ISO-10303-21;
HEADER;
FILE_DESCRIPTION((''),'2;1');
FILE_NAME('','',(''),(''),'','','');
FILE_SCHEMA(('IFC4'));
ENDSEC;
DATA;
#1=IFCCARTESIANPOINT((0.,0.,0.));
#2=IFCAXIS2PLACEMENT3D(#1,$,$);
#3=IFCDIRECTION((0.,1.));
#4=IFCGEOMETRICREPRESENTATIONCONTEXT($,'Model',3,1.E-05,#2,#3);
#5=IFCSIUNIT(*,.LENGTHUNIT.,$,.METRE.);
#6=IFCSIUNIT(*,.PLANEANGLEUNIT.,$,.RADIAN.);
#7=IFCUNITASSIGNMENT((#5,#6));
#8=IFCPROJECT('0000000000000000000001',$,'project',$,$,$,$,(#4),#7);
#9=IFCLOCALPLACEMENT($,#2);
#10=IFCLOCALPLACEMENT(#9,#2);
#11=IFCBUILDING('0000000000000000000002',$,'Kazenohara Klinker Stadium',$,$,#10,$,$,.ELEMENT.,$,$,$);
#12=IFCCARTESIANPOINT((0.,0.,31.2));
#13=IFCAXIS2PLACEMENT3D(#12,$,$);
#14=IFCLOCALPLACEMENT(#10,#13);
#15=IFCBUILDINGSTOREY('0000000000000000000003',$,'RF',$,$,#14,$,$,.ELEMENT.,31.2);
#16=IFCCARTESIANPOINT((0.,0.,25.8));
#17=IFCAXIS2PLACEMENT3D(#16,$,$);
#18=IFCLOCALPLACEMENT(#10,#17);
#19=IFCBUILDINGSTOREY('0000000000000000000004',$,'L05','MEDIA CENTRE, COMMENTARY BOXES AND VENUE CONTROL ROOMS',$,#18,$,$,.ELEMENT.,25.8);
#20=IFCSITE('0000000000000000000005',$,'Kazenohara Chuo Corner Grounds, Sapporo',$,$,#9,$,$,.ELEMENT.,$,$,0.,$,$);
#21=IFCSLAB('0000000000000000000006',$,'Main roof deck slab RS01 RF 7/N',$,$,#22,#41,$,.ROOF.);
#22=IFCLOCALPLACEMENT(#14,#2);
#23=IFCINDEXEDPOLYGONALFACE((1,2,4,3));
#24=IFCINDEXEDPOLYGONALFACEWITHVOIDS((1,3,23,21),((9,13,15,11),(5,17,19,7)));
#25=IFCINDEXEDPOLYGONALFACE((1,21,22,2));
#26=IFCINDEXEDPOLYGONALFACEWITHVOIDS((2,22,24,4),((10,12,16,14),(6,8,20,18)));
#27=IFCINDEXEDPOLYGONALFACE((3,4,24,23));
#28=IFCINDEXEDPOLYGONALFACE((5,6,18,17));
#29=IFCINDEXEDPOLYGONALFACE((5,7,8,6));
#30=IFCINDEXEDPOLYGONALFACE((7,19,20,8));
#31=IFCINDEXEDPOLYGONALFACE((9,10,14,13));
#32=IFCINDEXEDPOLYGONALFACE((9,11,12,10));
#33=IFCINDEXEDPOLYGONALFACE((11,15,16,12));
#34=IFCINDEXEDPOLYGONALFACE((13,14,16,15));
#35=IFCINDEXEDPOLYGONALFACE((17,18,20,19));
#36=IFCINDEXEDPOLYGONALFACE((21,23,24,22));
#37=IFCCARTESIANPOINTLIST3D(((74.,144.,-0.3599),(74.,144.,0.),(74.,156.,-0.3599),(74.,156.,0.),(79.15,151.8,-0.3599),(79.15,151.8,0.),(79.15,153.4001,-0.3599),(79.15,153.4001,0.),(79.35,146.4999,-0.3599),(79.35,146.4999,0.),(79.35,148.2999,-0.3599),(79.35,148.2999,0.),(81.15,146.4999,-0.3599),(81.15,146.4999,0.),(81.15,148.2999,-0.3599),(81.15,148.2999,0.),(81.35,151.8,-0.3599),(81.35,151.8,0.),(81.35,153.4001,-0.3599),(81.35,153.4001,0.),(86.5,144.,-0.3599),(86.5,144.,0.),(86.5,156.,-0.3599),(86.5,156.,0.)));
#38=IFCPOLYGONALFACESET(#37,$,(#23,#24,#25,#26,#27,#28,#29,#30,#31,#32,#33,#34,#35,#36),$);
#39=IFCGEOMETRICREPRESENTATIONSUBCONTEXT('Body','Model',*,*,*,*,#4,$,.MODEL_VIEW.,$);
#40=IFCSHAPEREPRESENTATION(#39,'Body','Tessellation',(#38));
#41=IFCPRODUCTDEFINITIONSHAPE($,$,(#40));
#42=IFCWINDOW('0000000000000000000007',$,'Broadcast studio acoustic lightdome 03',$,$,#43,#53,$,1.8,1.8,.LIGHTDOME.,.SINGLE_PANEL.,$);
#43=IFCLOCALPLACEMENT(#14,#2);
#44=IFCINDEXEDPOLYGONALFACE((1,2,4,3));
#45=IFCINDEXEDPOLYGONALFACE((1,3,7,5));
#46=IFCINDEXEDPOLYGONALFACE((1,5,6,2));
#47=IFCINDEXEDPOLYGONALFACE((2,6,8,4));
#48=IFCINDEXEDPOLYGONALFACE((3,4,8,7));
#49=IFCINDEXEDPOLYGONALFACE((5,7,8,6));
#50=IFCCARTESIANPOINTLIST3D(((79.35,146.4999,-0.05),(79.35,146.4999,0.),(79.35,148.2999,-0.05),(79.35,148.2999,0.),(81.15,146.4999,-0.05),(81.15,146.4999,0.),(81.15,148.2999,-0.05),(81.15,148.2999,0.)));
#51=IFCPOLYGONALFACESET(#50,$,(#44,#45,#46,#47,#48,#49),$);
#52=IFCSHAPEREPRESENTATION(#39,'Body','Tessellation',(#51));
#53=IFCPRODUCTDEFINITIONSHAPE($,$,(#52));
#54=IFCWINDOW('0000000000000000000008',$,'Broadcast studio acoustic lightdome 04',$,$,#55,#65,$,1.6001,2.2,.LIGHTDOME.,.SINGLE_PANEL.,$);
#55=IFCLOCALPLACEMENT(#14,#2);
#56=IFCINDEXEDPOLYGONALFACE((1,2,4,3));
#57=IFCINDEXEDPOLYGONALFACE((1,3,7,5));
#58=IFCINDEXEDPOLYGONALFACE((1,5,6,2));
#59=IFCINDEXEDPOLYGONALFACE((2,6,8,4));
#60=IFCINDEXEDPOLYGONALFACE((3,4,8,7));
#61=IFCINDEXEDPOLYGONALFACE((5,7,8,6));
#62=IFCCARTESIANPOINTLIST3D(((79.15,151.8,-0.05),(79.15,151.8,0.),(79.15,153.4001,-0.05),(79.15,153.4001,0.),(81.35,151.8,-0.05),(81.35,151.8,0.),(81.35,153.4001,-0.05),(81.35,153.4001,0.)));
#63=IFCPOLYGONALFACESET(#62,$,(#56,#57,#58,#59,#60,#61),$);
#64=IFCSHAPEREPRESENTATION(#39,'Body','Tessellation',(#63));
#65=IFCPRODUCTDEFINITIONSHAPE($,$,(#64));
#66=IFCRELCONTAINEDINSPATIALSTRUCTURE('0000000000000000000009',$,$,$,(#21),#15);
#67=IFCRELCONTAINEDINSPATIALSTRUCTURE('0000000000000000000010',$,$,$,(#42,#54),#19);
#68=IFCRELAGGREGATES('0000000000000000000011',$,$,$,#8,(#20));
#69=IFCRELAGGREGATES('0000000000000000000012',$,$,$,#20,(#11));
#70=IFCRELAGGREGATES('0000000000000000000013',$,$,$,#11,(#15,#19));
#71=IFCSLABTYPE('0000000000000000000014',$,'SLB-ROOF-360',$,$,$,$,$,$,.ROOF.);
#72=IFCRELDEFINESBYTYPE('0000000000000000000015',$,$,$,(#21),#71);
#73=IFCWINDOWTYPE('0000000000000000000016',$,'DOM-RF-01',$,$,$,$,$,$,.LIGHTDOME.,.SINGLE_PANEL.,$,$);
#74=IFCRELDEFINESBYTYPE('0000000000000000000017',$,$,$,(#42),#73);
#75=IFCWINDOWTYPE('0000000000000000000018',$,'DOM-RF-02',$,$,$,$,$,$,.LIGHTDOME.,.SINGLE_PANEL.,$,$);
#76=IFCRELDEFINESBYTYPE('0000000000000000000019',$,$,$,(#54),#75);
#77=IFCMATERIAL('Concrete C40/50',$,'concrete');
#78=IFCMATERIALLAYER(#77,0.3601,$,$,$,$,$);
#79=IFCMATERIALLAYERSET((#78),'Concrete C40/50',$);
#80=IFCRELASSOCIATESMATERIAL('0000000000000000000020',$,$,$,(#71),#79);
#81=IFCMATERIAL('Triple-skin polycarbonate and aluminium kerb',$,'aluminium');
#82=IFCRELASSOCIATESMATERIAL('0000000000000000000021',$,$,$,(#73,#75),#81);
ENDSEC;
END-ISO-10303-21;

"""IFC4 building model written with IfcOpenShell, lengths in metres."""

from ifc_helpers import new_model, si_unit, direction, frame, origin, origin_2d, place, context, subcontext, project, spatial, polyline, rectangle, outline, extrude, material, layer, layer_set, type_object, element, fill, save


model = new_model("IFC4")

# Units and contexts
model_context = context("Model", 3, precision=1e-05, world=origin(), true_north=direction((0.0, 1.0)))
body_context = subcontext(model_context, "Body", "Model", "MODEL_VIEW")
ifc_project = project(units=[si_unit("LENGTHUNIT", "METRE"), si_unit("PLANEANGLEUNIT", "RADIAN")], contexts=[model_context])

# Site, building, storey
site_placement = place(None, origin())
site = spatial("IfcSite", under=ifc_project, at=site_placement, Name="Kazenohara Chuo Corner Grounds, Sapporo", CompositionType="ELEMENT", RefElevation=0.0)
building_placement = place(site_placement, origin())
building = spatial("IfcBuilding", under=site, at=building_placement, Name="Kazenohara Klinker Stadium", CompositionType="ELEMENT")
storey_1_placement = place(building_placement, frame((0.0, 0.0, 31.2)))
storey_1 = spatial("IfcBuildingStorey", under=building, at=storey_1_placement, Name="RF", CompositionType="ELEMENT", Elevation=31.2)

# Shared definitions
ifc_material_1 = material(Name="Concrete C40/50", Category="concrete")
ifc_layer = layer(ifc_material_1, 0.3601)
ifc_layer_set = layer_set([ifc_layer], Name="Concrete C40/50")
slab_type = type_object("IfcSlabType", Name="SLB-ROOF-360", PredefinedType="ROOF", material=ifc_layer_set)

# Shared definitions
storey_2_placement = place(building_placement, frame((0.0, 0.0, 25.8)))
storey_2 = spatial("IfcBuildingStorey", under=building, at=storey_2_placement, Name="L05", Description="MEDIA CENTRE, COMMENTARY BOXES AND VENUE CONTROL ROOMS", CompositionType="ELEMENT", Elevation=25.8)

# Shared definitions
ifc_material_2 = material(Name="Triple-skin polycarbonate and aluminium kerb", Category="aluminium")
window_type_1 = type_object("IfcWindowType", Name="DOM-RF-01", PartitioningType="SINGLE_PANEL", PredefinedType="LIGHTDOME", material=ifc_material_2)
window_type_2 = type_object("IfcWindowType", Name="DOM-RF-02", PartitioningType="SINGLE_PANEL", PredefinedType="LIGHTDOME", material=ifc_material_2)

# Slab, openings, windows
slab_1_placement = place(storey_1_placement, frame((0.0, 0.0, -0.3599)))
slab_1 = element("IfcSlab", 1, at=slab_1_placement, inside=storey_1, type_object=slab_type, Name="Main roof deck slab RS01 RF 7/N", PredefinedType="ROOF", context=body_context, shape_type="SweptSolid", body=[
    extrude(outline(polyline([(74.0, 144.0), (86.5, 144.0), (86.5, 156.0), (74.0, 156.0), (74.0, 144.0)])), origin(), (0.0, 0.0, 1.0), 0.3599),
])
opening_1_placement = place(slab_1_placement, frame((80.25, 147.3999, 0.0)))
opening_1 = element("IfcOpeningElement", 2, at=opening_1_placement, cuts=slab_1, PredefinedType="OPENING", context=body_context, shape_type="SweptSolid", body=[
    extrude(rectangle(XDim=1.8, YDim=1.8, at=origin_2d()), origin(), (0.0, 0.0, 1.0), 0.3599),
])
opening_2_placement = place(slab_1_placement, frame((80.25, 152.6001, 0.0)))
opening_2 = element("IfcOpeningElement", 3, at=opening_2_placement, cuts=slab_1, PredefinedType="OPENING", context=body_context, shape_type="SweptSolid", body=[
    extrude(rectangle(XDim=2.2, YDim=1.6001, at=origin_2d()), origin(), (0.0, 0.0, 1.0), 0.3599),
])
window_1_placement = place(opening_1_placement, frame((0.0, 0.0, 0.3098)))
window_1 = element("IfcWindow", 4, at=window_1_placement, inside=storey_2, type_object=window_type_1, Name="Broadcast studio acoustic lightdome 03", OverallHeight=1.8, OverallWidth=1.8, PartitioningType="SINGLE_PANEL", PredefinedType="LIGHTDOME", context=body_context, shape_type="SweptSolid", body=[
    extrude(rectangle(XDim=1.8, YDim=1.8, at=origin_2d()), origin(), (0.0, 0.0, 1.0), 0.05),
])
fill(opening_1, window_1)
window_2_placement = place(opening_2_placement, frame((0.0, 0.0, 0.3098)))
window_2 = element("IfcWindow", 5, at=window_2_placement, inside=storey_2, type_object=window_type_2, Name="Broadcast studio acoustic lightdome 04", OverallHeight=1.6001, OverallWidth=2.2, PartitioningType="SINGLE_PANEL", PredefinedType="LIGHTDOME", context=body_context, shape_type="SweptSolid", body=[
    extrude(rectangle(XDim=2.2, YDim=1.6001, at=origin_2d()), origin(), (0.0, 0.0, 1.0), 0.05),
])
fill(opening_2, window_2)

save(model, "model.ifc")
